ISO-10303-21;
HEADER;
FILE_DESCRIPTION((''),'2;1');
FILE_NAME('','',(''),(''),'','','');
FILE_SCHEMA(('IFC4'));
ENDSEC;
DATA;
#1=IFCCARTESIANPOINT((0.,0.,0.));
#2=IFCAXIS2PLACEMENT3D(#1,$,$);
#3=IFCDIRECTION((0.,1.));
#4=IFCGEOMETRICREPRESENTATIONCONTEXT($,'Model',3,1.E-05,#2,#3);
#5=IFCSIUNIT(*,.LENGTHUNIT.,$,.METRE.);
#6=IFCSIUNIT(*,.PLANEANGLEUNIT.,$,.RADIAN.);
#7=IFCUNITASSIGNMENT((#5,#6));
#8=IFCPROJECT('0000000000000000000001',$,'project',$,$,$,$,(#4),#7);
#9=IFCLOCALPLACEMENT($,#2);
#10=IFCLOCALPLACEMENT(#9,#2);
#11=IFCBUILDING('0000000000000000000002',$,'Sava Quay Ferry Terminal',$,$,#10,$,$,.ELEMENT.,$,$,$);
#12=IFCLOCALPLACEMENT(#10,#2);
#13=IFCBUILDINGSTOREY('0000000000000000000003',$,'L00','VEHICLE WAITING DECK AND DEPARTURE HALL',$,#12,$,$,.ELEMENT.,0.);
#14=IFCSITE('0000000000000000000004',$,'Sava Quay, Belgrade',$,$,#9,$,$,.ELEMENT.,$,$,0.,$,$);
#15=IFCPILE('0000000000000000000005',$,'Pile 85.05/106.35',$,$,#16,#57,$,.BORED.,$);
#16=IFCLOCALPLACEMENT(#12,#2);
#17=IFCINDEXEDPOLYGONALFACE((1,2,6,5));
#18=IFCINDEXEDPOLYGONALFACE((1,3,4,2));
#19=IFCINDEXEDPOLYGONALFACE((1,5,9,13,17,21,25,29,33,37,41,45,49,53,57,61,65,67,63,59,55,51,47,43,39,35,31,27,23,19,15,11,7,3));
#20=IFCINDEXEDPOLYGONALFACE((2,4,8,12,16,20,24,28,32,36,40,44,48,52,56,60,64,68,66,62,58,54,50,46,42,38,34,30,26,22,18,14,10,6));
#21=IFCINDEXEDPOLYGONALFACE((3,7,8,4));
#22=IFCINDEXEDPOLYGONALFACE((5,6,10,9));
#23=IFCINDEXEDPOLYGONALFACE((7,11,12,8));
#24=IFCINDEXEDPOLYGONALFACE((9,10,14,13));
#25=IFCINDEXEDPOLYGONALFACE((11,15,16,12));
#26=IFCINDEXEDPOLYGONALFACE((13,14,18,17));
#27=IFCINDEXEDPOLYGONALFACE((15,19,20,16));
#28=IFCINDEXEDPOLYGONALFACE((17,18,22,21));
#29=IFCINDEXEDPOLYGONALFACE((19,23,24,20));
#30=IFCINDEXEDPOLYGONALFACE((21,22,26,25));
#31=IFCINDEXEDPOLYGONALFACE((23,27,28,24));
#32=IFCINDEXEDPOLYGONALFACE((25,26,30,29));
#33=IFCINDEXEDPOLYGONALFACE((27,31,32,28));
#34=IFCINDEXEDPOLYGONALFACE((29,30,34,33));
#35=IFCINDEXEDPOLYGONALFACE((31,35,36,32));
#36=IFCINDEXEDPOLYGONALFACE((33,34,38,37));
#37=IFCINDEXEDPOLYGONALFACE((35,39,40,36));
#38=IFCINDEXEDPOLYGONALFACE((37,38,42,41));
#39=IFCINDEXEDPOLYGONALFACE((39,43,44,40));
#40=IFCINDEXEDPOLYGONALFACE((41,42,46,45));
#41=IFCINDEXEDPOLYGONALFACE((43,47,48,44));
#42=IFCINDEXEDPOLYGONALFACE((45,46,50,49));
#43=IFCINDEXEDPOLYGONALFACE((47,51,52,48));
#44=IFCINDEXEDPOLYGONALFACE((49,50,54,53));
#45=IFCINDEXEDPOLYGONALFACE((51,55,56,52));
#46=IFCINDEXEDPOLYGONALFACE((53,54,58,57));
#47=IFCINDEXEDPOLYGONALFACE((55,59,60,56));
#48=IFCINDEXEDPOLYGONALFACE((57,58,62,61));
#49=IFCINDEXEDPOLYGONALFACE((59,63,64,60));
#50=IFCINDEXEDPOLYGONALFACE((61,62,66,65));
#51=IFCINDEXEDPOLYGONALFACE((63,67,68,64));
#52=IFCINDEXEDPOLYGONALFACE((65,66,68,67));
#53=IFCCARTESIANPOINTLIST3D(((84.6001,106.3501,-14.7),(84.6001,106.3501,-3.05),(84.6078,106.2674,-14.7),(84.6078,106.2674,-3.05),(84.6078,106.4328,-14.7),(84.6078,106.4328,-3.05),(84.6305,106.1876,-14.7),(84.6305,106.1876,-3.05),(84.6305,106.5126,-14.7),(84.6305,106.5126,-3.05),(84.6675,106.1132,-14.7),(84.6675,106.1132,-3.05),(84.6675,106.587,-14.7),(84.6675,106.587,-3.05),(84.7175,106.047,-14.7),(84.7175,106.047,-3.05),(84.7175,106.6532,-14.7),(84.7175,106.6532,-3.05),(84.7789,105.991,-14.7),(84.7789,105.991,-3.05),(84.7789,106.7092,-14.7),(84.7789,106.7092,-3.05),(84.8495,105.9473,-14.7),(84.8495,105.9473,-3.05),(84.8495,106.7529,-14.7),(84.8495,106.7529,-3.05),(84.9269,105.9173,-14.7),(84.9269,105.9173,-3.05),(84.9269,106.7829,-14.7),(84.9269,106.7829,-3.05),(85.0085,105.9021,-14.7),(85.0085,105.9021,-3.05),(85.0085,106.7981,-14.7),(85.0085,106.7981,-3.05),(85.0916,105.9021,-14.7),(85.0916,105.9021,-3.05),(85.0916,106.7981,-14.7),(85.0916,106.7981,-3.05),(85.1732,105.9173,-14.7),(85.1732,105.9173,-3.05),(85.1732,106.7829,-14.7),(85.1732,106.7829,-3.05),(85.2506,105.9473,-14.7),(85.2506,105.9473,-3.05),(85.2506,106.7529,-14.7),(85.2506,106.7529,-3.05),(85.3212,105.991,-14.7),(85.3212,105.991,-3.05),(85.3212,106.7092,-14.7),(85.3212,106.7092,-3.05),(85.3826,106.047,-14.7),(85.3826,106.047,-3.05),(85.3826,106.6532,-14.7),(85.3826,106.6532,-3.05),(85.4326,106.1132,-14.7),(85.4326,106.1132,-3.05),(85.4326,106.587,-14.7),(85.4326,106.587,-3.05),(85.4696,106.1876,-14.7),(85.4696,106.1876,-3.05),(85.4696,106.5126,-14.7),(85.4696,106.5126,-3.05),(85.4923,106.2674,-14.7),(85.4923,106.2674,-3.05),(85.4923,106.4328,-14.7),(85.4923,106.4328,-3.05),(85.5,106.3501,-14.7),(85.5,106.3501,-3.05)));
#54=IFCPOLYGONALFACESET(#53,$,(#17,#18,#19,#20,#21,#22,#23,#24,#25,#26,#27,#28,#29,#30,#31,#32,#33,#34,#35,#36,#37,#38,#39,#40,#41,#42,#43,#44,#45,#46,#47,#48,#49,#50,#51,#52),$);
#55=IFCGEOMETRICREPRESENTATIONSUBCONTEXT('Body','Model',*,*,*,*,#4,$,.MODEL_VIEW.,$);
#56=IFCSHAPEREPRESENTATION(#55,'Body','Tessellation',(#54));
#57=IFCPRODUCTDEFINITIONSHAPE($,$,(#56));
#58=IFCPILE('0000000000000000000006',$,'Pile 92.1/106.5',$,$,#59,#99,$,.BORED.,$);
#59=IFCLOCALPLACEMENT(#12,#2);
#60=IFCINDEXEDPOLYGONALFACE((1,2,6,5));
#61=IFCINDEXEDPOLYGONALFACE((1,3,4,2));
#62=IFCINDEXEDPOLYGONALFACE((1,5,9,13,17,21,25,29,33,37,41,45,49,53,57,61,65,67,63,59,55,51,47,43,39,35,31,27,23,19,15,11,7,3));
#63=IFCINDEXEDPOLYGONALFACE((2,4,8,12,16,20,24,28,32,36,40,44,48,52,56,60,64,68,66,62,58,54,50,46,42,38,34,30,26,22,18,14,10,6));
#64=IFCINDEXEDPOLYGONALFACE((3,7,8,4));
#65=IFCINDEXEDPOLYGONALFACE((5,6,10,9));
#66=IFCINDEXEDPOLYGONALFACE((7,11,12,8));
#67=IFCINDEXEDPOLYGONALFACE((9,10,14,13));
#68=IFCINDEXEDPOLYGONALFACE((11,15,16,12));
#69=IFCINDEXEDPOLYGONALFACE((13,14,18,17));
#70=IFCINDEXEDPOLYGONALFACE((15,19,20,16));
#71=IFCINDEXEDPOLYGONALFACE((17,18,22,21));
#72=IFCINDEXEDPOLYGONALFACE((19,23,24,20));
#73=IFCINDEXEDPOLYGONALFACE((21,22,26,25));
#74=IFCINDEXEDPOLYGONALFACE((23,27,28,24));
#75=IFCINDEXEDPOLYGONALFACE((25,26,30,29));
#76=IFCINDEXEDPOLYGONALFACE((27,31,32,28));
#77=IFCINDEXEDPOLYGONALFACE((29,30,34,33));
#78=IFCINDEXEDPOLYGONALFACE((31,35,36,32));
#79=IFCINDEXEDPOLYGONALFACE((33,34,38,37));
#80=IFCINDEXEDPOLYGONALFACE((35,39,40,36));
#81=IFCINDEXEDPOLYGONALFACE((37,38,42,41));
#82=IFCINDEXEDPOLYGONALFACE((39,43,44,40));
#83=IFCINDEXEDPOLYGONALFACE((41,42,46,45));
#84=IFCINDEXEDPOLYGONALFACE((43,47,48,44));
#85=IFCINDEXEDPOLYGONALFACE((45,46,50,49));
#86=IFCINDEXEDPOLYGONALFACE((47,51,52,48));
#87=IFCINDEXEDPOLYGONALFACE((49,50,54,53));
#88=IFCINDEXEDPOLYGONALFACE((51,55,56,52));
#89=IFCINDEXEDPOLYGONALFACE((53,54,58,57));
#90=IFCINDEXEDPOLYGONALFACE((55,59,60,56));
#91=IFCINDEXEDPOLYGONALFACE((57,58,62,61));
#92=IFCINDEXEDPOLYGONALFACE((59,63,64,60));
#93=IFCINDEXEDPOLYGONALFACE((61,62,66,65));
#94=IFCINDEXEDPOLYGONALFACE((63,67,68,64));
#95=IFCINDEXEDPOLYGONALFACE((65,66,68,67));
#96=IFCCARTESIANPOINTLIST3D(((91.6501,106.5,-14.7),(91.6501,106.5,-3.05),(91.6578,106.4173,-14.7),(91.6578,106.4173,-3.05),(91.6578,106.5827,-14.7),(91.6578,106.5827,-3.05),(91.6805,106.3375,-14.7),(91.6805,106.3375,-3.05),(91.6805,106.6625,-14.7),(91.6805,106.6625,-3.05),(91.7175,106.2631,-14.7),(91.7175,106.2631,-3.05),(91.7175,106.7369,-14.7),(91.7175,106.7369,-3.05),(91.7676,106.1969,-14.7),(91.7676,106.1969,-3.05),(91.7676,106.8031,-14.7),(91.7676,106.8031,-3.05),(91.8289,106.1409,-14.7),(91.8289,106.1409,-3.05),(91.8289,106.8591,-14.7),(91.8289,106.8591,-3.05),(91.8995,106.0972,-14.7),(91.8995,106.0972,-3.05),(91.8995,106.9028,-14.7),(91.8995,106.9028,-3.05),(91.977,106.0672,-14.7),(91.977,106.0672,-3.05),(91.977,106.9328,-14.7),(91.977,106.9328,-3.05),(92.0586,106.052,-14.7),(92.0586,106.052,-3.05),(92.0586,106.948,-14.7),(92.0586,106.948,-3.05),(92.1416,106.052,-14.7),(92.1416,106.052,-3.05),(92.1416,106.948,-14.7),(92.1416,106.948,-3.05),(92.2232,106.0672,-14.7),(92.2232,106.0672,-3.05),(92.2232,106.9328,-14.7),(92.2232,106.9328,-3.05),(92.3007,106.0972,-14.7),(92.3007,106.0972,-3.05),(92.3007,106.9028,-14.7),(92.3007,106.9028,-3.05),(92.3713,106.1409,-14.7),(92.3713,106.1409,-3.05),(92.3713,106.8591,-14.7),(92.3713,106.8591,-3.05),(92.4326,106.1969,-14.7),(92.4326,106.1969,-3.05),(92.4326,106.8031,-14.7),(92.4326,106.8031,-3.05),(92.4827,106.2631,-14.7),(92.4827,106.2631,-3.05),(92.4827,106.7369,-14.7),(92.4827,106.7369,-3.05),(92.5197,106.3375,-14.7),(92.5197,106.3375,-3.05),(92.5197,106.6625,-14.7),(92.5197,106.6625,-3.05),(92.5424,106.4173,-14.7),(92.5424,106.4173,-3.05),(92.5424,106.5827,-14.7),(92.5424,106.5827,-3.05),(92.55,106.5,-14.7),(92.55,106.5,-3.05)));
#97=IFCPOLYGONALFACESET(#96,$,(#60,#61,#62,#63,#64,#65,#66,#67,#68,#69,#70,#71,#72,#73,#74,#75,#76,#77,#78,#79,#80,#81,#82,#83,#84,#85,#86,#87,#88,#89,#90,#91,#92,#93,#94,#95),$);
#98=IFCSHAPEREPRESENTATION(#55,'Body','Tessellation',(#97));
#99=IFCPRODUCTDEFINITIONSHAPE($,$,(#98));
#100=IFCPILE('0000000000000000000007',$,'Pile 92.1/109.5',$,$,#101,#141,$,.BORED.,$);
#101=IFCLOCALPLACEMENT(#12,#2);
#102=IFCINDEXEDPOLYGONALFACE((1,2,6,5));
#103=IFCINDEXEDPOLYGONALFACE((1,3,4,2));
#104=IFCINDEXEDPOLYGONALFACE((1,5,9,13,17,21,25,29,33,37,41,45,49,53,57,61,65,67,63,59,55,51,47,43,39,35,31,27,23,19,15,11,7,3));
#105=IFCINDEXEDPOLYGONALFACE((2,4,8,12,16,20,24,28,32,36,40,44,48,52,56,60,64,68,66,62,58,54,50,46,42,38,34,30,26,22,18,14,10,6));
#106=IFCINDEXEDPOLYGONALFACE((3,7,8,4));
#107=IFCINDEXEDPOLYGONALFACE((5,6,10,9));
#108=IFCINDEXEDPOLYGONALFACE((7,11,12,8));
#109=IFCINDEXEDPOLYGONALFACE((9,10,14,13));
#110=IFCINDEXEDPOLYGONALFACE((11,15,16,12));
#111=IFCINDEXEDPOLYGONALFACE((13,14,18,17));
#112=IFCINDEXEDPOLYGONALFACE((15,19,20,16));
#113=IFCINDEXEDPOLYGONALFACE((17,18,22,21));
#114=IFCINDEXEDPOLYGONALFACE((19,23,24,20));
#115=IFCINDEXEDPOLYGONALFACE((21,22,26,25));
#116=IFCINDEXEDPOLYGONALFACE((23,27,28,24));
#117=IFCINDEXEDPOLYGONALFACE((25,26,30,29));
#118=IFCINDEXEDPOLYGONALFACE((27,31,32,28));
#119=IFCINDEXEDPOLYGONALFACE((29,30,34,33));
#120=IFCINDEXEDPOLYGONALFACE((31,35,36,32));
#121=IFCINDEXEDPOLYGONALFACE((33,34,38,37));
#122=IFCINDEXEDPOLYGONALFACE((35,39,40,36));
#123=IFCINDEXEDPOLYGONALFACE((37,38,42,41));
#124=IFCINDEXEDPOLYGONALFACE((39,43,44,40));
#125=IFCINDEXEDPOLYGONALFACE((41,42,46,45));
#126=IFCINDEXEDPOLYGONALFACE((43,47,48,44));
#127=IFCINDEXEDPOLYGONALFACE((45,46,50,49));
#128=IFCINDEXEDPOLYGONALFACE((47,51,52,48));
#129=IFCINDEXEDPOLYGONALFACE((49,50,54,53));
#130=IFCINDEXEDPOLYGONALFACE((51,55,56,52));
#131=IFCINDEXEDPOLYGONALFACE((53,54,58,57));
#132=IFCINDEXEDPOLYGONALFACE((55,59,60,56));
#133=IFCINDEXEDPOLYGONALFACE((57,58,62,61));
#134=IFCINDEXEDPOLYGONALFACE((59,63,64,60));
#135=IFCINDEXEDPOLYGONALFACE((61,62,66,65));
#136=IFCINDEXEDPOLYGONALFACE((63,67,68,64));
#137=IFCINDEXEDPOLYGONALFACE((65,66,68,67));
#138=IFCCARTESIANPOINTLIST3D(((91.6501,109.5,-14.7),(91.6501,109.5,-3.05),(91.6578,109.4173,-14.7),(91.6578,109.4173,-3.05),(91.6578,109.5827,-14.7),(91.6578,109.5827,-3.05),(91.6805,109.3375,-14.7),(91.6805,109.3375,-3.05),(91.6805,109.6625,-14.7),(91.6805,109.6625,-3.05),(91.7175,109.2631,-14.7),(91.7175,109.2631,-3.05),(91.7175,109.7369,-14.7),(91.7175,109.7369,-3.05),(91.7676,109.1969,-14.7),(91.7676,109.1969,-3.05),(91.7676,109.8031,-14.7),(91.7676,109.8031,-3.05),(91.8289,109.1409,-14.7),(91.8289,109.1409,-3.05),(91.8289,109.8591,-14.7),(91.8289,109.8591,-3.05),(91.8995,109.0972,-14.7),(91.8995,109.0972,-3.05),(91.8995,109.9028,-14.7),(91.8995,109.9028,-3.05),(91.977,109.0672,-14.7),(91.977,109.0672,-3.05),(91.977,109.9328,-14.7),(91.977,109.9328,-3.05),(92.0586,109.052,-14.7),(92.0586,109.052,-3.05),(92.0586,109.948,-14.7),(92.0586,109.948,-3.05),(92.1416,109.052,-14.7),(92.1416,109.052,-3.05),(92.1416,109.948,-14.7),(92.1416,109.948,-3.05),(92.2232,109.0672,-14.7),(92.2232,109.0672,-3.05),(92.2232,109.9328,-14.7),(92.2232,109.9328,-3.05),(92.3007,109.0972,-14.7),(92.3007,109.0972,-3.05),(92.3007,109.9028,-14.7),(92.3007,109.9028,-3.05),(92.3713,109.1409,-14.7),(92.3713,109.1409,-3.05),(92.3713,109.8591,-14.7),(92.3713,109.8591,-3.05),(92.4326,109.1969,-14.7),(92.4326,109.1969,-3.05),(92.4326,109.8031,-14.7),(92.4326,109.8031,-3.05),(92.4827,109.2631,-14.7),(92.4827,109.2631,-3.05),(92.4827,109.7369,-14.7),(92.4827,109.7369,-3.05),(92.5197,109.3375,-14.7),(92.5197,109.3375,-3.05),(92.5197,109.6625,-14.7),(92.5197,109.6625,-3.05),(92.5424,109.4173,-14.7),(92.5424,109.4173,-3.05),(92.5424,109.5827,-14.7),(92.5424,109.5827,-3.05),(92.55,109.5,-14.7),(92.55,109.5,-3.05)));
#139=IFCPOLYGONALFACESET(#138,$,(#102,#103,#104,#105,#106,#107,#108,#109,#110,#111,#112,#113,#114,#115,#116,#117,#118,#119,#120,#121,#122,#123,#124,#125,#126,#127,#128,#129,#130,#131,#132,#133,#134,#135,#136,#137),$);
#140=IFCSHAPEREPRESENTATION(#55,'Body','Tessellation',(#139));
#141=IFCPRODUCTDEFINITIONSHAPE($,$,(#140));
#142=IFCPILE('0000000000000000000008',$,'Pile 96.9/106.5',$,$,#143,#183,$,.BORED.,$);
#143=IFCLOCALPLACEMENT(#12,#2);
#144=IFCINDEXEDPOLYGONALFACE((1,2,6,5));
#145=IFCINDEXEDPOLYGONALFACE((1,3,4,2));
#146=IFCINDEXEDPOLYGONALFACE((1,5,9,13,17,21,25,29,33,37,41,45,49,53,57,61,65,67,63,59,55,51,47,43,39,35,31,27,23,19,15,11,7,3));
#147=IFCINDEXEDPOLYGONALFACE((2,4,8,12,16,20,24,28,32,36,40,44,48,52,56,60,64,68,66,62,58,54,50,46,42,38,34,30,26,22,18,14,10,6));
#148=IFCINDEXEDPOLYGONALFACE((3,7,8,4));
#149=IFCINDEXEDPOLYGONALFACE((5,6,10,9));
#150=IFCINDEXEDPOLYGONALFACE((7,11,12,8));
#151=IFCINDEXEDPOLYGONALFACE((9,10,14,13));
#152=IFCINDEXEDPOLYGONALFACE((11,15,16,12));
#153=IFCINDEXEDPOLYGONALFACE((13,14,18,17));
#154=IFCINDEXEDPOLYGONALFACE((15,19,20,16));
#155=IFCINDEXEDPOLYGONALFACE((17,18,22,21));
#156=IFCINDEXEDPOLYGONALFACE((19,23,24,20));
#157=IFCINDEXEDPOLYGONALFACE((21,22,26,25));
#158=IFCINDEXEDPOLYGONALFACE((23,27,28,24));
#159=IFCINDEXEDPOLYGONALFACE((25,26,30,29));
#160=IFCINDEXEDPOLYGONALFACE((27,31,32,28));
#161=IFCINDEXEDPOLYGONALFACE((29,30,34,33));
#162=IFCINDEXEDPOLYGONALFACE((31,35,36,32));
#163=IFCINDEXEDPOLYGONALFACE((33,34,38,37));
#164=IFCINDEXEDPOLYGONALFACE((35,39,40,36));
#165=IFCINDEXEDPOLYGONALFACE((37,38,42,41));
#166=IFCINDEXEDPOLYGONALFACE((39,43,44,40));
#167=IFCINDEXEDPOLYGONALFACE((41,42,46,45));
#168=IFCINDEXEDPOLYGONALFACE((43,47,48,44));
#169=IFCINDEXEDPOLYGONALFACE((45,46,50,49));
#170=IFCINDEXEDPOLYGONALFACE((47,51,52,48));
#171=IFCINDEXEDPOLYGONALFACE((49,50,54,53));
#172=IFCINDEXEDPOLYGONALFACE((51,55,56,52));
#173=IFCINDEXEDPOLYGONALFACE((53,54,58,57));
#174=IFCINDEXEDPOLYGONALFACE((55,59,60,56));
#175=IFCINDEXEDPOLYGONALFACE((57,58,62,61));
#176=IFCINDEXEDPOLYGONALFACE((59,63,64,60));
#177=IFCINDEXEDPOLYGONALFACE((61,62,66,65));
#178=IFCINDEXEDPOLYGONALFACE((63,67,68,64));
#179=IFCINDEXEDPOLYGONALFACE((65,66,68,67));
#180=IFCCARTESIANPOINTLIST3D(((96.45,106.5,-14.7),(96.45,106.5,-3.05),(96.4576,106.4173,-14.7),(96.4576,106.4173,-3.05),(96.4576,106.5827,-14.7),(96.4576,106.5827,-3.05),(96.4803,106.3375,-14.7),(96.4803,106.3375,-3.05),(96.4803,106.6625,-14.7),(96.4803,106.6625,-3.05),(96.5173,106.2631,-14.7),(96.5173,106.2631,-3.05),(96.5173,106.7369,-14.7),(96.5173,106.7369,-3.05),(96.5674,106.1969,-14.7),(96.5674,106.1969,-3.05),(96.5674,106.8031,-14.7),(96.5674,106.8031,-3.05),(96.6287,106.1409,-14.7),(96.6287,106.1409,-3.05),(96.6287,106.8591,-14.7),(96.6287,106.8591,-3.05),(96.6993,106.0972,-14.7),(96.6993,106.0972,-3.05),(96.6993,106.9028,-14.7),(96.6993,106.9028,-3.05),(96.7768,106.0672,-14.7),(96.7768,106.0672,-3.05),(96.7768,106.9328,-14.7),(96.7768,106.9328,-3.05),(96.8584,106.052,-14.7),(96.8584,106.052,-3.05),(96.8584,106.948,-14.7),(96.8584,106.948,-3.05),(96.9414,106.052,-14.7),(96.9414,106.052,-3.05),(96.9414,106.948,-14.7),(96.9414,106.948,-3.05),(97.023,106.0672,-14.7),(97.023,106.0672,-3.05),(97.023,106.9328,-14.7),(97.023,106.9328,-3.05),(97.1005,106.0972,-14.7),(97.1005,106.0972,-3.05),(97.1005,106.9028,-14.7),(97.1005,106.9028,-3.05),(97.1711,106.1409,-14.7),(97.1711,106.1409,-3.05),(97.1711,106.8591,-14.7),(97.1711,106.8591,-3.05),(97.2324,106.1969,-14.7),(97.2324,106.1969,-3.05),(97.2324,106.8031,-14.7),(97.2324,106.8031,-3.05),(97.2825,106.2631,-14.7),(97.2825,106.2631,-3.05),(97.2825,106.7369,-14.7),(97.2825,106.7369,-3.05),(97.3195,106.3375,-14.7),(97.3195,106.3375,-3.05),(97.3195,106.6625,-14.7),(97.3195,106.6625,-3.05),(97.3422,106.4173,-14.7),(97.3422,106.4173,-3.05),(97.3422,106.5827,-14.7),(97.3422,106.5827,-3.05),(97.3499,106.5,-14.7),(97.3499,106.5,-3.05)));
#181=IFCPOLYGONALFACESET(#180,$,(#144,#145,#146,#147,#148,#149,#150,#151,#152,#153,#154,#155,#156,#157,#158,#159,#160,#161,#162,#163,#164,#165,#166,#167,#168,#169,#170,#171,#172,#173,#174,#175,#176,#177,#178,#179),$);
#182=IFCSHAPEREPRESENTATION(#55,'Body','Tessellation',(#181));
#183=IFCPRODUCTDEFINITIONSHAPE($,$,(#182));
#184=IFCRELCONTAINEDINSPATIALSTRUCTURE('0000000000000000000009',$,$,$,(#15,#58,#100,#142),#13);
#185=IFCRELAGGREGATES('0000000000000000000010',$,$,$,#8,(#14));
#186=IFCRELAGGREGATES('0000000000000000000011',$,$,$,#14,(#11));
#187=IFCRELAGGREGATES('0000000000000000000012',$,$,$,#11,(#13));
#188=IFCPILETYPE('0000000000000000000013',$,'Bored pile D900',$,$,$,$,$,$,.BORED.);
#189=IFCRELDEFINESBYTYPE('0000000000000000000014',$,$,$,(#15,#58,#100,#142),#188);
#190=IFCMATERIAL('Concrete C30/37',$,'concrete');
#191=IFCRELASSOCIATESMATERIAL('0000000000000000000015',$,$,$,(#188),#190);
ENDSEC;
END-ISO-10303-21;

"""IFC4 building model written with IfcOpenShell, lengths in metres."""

from ifc_helpers import new_model, si_unit, direction, frame, origin, origin_2d, place, context, subcontext, project, spatial, circle, extrude, material, material_profile, profile_set, type_object, element, save


model = new_model("IFC4")

# Units and contexts
model_context = context("Model", 3, precision=1e-05, world=origin(), true_north=direction((0.0, 1.0)))
body_context = subcontext(model_context, "Body", "Model", "MODEL_VIEW")
ifc_project = project(units=[si_unit("LENGTHUNIT", "METRE"), si_unit("PLANEANGLEUNIT", "RADIAN")], contexts=[model_context])

# Site, building, storey
site_placement = place(None, origin())
site = spatial("IfcSite", under=ifc_project, at=site_placement, Name="Sava Quay, Belgrade", CompositionType="ELEMENT", RefElevation=0.0)
building_placement = place(site_placement, origin())
building = spatial("IfcBuilding", under=site, at=building_placement, Name="Sava Quay Ferry Terminal", CompositionType="ELEMENT")
storey_placement = place(building_placement, origin())
storey = spatial("IfcBuildingStorey", under=building, at=storey_placement, Name="L00", Description="VEHICLE WAITING DECK AND DEPARTURE HALL", CompositionType="ELEMENT", Elevation=0.0)

# Piles
ifc_material_1 = material(Name="Concrete C30/37", Category="concrete")
ifc_material_profile_1 = material_profile(ifc_material_1, circle(Radius=0.45, at=origin_2d()), Name="Bored pile D900")
ifc_profile_set_1 = profile_set([ifc_material_profile_1], Name="Concrete C30/37")
pile_type = type_object("IfcPileType", Name="Bored pile D900", PredefinedType="BORED", material=ifc_profile_set_1)
for number, where, z_axis, x_axis, name in (
    (1, (85.05, 106.3501, -3.05), (0.0, 0.0, -1.0), (1.0, 0.0, 0.0), "Pile 85.05/106.35"),
    (2, (92.1001, 106.5, -3.05), (0.0, 0.0, -1.0), (1.0, 0.0, 0.0), "Pile 92.1/106.5"),
    (3, (92.1001, 109.5, -3.05), (0.0, 0.0, -1.0), (1.0, 0.0, 0.0), "Pile 92.1/109.5"),
    (4, (96.8999, 106.5, -3.05), (0.0, 0.0, -1.0), (1.0, 0.0, 0.0), "Pile 96.9/106.5"),
):
    element("IfcPile", number, at=place(storey_placement, frame(where, z_axis=z_axis, x_axis=x_axis)), inside=storey, type_object=pile_type, Name=name, PredefinedType="BORED", context=body_context, shape_type="SweptSolid", body=[
        extrude(circle(Radius=0.45, at=origin_2d()), origin(), (0.0, 0.0, 1.0), 11.6499),
    ])

save(model, "model.ifc")
